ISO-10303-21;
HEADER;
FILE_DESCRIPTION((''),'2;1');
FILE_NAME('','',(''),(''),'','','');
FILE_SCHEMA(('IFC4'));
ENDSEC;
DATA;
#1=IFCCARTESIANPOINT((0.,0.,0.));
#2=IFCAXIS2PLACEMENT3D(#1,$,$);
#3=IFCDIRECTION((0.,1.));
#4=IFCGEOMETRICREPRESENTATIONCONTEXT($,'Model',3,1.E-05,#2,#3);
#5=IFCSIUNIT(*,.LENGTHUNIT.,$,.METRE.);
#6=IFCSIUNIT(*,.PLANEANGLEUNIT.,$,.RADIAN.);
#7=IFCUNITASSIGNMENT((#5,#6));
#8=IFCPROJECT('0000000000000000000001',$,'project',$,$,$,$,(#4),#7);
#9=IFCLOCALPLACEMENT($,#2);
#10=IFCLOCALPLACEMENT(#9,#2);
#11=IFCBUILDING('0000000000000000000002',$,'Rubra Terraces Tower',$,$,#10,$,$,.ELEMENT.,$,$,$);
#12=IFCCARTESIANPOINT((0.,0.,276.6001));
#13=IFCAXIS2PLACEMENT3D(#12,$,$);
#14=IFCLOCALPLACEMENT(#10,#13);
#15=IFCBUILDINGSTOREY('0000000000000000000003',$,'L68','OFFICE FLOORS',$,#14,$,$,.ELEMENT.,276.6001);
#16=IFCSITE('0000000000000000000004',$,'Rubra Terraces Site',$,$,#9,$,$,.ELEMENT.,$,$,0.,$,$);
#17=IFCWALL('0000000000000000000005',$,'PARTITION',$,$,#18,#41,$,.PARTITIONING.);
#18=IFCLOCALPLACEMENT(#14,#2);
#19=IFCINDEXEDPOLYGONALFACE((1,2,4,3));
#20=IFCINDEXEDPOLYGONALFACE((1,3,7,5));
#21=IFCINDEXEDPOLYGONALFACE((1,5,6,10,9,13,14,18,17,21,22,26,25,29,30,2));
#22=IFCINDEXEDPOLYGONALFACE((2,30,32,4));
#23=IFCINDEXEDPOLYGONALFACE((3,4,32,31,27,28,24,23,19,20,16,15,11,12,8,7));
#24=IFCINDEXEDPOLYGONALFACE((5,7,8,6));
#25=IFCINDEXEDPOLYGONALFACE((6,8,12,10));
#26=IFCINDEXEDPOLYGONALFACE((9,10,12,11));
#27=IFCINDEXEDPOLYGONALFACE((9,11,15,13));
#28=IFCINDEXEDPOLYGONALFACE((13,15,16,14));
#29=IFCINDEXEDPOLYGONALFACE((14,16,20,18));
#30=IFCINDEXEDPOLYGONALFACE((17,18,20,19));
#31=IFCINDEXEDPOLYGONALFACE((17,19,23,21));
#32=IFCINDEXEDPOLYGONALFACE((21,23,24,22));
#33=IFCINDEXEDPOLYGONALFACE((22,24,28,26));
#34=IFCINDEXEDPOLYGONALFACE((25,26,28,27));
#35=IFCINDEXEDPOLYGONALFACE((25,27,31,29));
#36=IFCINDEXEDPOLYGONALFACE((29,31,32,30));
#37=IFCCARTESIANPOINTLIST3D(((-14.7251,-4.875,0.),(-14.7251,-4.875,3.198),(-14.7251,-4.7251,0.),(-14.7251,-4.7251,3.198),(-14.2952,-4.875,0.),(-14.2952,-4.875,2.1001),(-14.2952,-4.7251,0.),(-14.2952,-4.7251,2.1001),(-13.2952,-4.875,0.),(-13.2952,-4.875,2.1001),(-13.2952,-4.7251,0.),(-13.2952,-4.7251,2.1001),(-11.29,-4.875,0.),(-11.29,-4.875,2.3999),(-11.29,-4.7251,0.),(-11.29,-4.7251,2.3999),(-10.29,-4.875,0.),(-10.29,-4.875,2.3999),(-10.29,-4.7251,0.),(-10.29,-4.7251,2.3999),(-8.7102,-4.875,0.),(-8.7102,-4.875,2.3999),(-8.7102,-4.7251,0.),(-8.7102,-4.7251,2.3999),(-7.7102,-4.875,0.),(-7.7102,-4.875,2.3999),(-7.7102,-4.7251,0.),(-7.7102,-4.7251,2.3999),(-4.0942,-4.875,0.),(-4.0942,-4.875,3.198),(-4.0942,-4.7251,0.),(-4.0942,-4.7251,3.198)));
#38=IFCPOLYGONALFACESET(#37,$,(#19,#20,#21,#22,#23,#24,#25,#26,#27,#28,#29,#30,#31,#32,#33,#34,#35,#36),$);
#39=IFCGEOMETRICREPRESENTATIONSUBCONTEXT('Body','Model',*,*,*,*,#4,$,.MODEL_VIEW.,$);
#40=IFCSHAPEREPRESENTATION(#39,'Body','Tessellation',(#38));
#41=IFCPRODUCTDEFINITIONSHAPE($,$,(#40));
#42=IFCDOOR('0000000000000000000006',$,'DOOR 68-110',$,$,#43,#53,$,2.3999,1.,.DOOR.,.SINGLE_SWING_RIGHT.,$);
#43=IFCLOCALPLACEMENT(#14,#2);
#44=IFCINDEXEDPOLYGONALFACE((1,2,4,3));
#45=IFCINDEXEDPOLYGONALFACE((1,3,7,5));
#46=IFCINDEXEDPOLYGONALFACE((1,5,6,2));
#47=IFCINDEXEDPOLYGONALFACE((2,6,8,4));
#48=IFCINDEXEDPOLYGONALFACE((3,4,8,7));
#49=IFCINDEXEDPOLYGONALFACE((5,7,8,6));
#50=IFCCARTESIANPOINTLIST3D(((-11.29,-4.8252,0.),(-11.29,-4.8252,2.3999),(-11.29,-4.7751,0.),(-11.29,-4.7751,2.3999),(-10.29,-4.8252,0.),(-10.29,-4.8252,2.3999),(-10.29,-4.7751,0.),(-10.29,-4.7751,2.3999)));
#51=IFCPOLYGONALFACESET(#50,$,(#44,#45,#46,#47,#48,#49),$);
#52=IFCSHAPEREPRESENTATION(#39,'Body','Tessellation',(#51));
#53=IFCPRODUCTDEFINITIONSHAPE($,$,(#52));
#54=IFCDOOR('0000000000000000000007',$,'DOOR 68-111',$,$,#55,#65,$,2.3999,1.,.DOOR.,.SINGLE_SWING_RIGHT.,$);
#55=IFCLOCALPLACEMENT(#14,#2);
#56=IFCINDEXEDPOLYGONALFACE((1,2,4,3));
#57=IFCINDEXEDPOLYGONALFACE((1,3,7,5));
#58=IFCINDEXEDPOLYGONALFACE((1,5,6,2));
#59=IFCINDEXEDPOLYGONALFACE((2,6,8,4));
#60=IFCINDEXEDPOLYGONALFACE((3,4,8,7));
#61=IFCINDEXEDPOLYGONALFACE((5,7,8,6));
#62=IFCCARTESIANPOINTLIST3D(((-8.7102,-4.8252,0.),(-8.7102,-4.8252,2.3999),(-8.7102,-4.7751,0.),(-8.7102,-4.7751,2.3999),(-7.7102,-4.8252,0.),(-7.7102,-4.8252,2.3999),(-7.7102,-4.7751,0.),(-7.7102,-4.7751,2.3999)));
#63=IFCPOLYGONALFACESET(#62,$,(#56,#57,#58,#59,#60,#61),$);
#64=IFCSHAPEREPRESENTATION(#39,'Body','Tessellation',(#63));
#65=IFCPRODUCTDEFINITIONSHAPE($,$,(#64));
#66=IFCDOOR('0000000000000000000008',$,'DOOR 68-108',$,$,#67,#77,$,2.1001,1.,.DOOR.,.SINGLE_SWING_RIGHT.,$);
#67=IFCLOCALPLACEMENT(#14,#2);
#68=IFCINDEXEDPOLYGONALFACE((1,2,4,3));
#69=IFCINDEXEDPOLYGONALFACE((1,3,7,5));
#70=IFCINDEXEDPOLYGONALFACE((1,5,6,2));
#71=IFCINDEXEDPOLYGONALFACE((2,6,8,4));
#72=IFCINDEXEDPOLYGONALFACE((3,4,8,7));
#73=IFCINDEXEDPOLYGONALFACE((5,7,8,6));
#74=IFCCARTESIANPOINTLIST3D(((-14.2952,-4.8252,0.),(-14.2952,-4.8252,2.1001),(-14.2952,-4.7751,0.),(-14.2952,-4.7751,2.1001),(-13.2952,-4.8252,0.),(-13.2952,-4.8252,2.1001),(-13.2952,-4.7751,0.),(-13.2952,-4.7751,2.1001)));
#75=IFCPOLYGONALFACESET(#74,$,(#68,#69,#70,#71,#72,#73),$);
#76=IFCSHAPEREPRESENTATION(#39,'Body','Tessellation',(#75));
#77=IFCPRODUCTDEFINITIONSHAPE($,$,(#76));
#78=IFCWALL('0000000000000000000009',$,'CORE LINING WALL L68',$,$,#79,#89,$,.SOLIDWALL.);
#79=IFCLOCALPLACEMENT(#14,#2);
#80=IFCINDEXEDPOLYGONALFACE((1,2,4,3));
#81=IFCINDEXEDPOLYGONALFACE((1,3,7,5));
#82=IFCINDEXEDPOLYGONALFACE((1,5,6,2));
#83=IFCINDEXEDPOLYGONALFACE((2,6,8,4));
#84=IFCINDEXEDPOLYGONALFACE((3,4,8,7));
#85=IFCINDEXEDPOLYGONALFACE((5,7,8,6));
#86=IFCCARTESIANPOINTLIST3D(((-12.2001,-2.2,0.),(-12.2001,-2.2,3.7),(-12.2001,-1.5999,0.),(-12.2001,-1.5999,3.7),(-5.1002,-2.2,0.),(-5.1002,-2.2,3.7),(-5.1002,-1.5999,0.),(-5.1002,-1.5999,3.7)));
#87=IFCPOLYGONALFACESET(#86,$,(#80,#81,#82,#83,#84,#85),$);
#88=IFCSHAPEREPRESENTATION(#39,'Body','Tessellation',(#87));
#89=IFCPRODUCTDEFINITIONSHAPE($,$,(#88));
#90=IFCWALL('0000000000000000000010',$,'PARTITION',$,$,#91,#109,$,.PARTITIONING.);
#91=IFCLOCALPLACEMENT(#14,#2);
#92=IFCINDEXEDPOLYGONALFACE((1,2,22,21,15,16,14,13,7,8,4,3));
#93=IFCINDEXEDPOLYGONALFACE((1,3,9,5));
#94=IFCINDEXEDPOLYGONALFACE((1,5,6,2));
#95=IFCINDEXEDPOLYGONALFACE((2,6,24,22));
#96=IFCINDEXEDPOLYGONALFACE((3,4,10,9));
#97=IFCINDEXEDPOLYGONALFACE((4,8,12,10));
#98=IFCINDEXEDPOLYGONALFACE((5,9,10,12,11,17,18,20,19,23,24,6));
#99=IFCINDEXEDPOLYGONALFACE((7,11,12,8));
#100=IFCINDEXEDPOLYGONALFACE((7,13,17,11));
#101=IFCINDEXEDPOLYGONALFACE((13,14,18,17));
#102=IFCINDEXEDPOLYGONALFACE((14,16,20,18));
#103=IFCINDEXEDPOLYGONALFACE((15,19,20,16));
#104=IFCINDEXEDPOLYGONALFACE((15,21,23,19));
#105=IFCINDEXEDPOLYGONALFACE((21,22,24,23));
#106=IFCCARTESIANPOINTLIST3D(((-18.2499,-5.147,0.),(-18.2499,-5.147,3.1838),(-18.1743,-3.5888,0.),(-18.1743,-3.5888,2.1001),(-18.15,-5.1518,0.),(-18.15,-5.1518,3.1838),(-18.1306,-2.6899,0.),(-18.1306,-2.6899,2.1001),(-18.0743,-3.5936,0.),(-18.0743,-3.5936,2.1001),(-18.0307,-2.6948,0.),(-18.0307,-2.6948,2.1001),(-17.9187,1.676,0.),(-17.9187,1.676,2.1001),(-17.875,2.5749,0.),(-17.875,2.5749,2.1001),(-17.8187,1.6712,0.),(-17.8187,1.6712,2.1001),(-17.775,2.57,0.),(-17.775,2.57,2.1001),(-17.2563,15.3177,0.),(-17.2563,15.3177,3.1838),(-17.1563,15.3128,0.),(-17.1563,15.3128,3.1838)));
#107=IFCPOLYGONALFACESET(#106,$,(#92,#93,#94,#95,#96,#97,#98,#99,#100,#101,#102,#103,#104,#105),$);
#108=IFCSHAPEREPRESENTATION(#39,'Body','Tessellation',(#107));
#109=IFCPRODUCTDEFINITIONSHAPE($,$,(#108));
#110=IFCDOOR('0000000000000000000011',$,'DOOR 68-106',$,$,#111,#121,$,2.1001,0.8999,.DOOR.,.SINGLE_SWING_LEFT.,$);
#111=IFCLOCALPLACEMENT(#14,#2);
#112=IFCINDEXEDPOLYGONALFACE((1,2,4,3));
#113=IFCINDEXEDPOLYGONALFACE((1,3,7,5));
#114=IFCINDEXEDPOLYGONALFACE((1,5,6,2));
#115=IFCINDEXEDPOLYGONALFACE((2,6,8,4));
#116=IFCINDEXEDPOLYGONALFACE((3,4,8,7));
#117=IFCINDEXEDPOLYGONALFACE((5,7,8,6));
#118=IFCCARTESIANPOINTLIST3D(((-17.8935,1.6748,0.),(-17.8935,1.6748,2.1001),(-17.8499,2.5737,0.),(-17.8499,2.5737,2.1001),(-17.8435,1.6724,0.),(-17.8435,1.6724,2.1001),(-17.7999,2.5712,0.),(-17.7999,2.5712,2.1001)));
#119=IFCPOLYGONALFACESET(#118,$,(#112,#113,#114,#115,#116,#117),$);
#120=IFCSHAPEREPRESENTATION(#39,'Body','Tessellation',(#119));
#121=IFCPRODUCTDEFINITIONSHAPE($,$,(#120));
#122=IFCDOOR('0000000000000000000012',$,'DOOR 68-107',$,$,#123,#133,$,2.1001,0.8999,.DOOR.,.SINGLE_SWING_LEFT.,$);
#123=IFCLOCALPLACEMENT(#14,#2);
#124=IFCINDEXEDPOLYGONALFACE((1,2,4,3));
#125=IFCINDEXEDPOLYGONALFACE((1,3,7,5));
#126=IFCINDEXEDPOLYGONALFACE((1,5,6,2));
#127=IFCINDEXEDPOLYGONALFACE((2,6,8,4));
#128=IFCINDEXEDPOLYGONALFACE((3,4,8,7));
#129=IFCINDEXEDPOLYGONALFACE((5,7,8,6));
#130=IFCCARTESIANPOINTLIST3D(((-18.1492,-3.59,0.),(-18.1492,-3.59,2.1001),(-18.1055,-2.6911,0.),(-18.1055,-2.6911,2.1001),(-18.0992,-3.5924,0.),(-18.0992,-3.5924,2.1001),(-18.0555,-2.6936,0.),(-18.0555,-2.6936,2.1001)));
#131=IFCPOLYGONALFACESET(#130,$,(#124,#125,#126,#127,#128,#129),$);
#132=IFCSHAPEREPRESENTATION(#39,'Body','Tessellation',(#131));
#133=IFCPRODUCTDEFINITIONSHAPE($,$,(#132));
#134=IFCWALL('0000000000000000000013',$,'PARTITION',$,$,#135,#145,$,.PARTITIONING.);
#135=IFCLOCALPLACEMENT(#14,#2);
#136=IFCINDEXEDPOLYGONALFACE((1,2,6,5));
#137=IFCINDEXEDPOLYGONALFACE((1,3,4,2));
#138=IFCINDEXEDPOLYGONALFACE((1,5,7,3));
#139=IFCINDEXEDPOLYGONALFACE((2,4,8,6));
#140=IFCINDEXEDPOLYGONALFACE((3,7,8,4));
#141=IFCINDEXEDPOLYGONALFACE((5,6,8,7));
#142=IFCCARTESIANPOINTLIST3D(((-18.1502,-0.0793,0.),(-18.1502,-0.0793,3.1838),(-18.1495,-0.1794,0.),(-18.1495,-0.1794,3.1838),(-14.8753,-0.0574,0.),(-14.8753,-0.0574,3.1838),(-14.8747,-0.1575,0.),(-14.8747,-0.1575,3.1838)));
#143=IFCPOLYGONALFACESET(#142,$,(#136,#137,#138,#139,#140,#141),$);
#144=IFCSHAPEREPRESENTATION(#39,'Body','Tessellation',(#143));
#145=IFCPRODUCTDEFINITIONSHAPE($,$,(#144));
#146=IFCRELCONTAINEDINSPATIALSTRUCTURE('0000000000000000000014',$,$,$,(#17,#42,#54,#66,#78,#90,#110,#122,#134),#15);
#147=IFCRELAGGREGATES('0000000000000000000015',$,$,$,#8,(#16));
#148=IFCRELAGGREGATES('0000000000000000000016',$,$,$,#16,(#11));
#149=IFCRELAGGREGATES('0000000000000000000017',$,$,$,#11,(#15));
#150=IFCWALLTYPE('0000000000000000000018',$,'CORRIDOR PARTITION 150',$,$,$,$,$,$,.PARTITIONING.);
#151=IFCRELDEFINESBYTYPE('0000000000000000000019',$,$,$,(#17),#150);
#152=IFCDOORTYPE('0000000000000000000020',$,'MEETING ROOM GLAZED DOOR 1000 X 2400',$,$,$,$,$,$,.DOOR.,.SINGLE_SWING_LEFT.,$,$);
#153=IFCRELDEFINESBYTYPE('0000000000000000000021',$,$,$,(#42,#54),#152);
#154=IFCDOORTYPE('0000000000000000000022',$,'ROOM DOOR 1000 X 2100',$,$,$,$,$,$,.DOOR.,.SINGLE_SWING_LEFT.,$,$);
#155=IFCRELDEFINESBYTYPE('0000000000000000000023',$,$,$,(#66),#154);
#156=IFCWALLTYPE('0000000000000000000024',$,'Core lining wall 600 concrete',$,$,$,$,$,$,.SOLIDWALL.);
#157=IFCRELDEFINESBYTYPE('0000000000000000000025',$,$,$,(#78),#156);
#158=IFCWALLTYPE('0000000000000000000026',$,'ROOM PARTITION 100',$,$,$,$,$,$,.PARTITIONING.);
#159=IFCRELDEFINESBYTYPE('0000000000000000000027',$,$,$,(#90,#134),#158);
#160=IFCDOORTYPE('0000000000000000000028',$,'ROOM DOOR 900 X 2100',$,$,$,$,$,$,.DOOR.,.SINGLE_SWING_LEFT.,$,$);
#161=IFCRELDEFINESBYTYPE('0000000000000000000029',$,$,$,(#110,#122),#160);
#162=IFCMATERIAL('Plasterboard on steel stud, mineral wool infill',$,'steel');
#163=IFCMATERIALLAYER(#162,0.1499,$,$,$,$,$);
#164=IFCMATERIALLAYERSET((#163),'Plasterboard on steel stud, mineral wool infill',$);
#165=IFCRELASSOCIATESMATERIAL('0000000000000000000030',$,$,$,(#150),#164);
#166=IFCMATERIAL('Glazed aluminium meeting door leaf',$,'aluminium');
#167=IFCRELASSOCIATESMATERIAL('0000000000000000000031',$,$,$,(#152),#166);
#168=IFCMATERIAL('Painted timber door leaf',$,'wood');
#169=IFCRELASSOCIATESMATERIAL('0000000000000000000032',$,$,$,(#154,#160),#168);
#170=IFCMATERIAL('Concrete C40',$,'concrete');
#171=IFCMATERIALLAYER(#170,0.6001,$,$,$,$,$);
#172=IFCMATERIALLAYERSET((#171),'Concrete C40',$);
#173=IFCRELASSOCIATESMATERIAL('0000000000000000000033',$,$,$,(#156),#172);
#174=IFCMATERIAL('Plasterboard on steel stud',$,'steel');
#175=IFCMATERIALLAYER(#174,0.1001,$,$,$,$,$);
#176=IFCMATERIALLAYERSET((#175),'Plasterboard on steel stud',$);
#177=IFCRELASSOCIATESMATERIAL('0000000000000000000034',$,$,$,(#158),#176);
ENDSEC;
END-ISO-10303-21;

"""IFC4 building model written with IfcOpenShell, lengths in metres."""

from ifc_helpers import new_model, si_unit, direction, frame, frame_2d, origin, place, context, subcontext, project, spatial, rectangle, extrude, material, layer, layer_set, type_object, element, fill, save


model = new_model("IFC4")

# Units and contexts
model_context = context("Model", 3, precision=1e-05, world=origin(), true_north=direction((0.0, 1.0)))
body_context = subcontext(model_context, "Body", "Model", "MODEL_VIEW")
ifc_project = project(units=[si_unit("LENGTHUNIT", "METRE"), si_unit("PLANEANGLEUNIT", "RADIAN")], contexts=[model_context])

# Site, building, storey
site_placement = place(None, origin())
site = spatial("IfcSite", under=ifc_project, at=site_placement, Name="Rubra Terraces Site", CompositionType="ELEMENT", RefElevation=0.0)
building_placement = place(site_placement, origin())
building = spatial("IfcBuilding", under=site, at=building_placement, Name="Rubra Terraces Tower", CompositionType="ELEMENT")
storey_placement = place(building_placement, frame((0.0, 0.0, 276.6001)))
storey = spatial("IfcBuildingStorey", under=building, at=storey_placement, Name="L68", Description="OFFICE FLOORS", CompositionType="ELEMENT", Elevation=276.6001)

# Shared definitions
ifc_material_1 = material(Name="Plasterboard on steel stud, mineral wool infill", Category="steel")
ifc_layer_1 = layer(ifc_material_1, 0.1499)
ifc_layer_set_1 = layer_set([ifc_layer_1], Name="Plasterboard on steel stud, mineral wool infill")
wall_type_1 = type_object("IfcWallType", Name="CORRIDOR PARTITION 150", PredefinedType="PARTITIONING", material=ifc_layer_set_1)

# Wall, openings, doors
wall_1_placement = place(storey_placement, frame((-14.7251, -4.8, 0.0), z_axis=(0.0, 0.0, 1.0), x_axis=(1.0, 0.0, 0.0)))
wall_1 = element("IfcWall", 1, at=wall_1_placement, inside=storey, type_object=wall_type_1, Name="PARTITION", PredefinedType="PARTITIONING", context=body_context, shape_type="SweptSolid", body=[
    extrude(rectangle(XDim=10.6309, YDim=0.1499, at=frame_2d((5.3154, 0.0))), origin(), (0.0, 0.0, 1.0), 3.198),
])
opening_1_placement = place(wall_1_placement, frame((0.4299, 0.0, 0.0)))
opening_1 = element("IfcOpeningElement", 2, at=opening_1_placement, cuts=wall_1, PredefinedType="OPENING", context=body_context, shape_type="SweptSolid", body=[
    extrude(rectangle(XDim=1.0, YDim=2.1001, at=frame_2d((0.5, 1.05))), frame((0.0, 0.085, 0.0), z_axis=(0.0, -1.0, 0.0), x_axis=(1.0, 0.0, 0.0)), (0.0, 0.0, 1.0), 0.1699),
])
opening_2_placement = place(wall_1_placement, frame((3.4351, 0.0, 0.0)))
opening_2 = element("IfcOpeningElement", 3, at=opening_2_placement, cuts=wall_1, PredefinedType="OPENING", context=body_context, shape_type="SweptSolid", body=[
    extrude(rectangle(XDim=1.0, YDim=2.3999, at=frame_2d((0.5, 1.2))), frame((0.0, 0.085, 0.0), z_axis=(0.0, -1.0, 0.0), x_axis=(1.0, 0.0, 0.0)), (0.0, 0.0, 1.0), 0.1699),
])
opening_3_placement = place(wall_1_placement, frame((6.0149, 0.0, 0.0)))
opening_3 = element("IfcOpeningElement", 4, at=opening_3_placement, cuts=wall_1, PredefinedType="OPENING", context=body_context, shape_type="SweptSolid", body=[
    extrude(rectangle(XDim=1.0, YDim=2.3999, at=frame_2d((0.5, 1.2))), frame((0.0, 0.085, 0.0), z_axis=(0.0, -1.0, 0.0), x_axis=(1.0, 0.0, 0.0)), (0.0, 0.0, 1.0), 0.1699),
])
ifc_material_2 = material(Name="Glazed aluminium meeting door leaf", Category="aluminium")
door_type_1 = type_object("IfcDoorType", Name="MEETING ROOM GLAZED DOOR 1000 X 2400", OperationType="SINGLE_SWING_LEFT", PredefinedType="DOOR", material=ifc_material_2)
door_1_placement = place(opening_2_placement, origin())
door_1 = element("IfcDoor", 5, at=door_1_placement, inside=storey, type_object=door_type_1, Name="DOOR 68-110", OperationType="SINGLE_SWING_RIGHT", OverallHeight=2.3999, OverallWidth=1.0, PredefinedType="DOOR", context=body_context, shape_type="SweptSolid", body=[
    extrude(rectangle(XDim=1.0, YDim=2.3999, at=frame_2d((0.5, 1.2))), frame((0.0, 0.0249, 0.0), z_axis=(0.0, -1.0, 0.0), x_axis=(1.0, 0.0, 0.0)), (0.0, 0.0, 1.0), 0.05),
])
fill(opening_2, door_1)
door_2_placement = place(opening_3_placement, origin())
door_2 = element("IfcDoor", 6, at=door_2_placement, inside=storey, type_object=door_type_1, Name="DOOR 68-111", OperationType="SINGLE_SWING_RIGHT", OverallHeight=2.3999, OverallWidth=1.0, PredefinedType="DOOR", context=body_context, shape_type="SweptSolid", body=[
    extrude(rectangle(XDim=1.0, YDim=2.3999, at=frame_2d((0.5, 1.2))), frame((0.0, 0.0249, 0.0), z_axis=(0.0, -1.0, 0.0), x_axis=(1.0, 0.0, 0.0)), (0.0, 0.0, 1.0), 0.05),
])
fill(opening_3, door_2)
ifc_material_3 = material(Name="Painted timber door leaf", Category="wood")
door_type_2 = type_object("IfcDoorType", Name="ROOM DOOR 1000 X 2100", OperationType="SINGLE_SWING_LEFT", PredefinedType="DOOR", material=ifc_material_3)
door_3_placement = place(opening_1_placement, origin())
door_3 = element("IfcDoor", 7, at=door_3_placement, inside=storey, type_object=door_type_2, Name="DOOR 68-108", OperationType="SINGLE_SWING_RIGHT", OverallHeight=2.1001, OverallWidth=1.0, PredefinedType="DOOR", context=body_context, shape_type="SweptSolid", body=[
    extrude(rectangle(XDim=1.0, YDim=2.1001, at=frame_2d((0.5, 1.05))), frame((0.0, 0.0249, 0.0), z_axis=(0.0, -1.0, 0.0), x_axis=(1.0, 0.0, 0.0)), (0.0, 0.0, 1.0), 0.05),
])
fill(opening_1, door_3)

# Wall
ifc_material_4 = material(Name="Concrete C40", Category="concrete")
ifc_layer_2 = layer(ifc_material_4, 0.6001)
ifc_layer_set_2 = layer_set([ifc_layer_2], Name="Concrete C40")
wall_type_2 = type_object("IfcWallType", Name="Core lining wall 600 concrete", PredefinedType="SOLIDWALL", material=ifc_layer_set_2)
wall_2_placement = place(storey_placement, frame((-12.2, -1.8999, 0.0), z_axis=(0.0, 0.0, 1.0), x_axis=(1.0, 0.0, 0.0)))
element("IfcWall", 8, at=wall_2_placement, inside=storey, type_object=wall_type_2, Name="CORE LINING WALL L68", PredefinedType="SOLIDWALL", context=body_context, shape_type="SweptSolid", body=[
    extrude(rectangle(XDim=7.0999, YDim=0.6001, at=frame_2d((3.5498, 0.0))), origin(), (0.0, 0.0, 1.0), 3.7),
])

# Wall, openings, doors
ifc_material_5 = material(Name="Plasterboard on steel stud", Category="steel")
ifc_layer_3 = layer(ifc_material_5, 0.1001)
ifc_layer_set_3 = layer_set([ifc_layer_3], Name="Plasterboard on steel stud")
wall_type_3 = type_object("IfcWallType", Name="ROOM PARTITION 100", PredefinedType="PARTITIONING", material=ifc_layer_set_3)
wall_3_placement = place(storey_placement, frame((-18.2, -5.1494, 0.0), z_axis=(0.0, 0.0, 1.0), x_axis=(0.048498, 0.998823, 0.0)))
wall_3 = element("IfcWall", 9, at=wall_3_placement, inside=storey, type_object=wall_type_3, Name="PARTITION", PredefinedType="PARTITIONING", context=body_context, shape_type="SweptSolid", body=[
    extrude(rectangle(XDim=20.4888, YDim=0.1001, at=frame_2d((10.2444, 0.0))), origin(), (0.0, 0.0, 1.0), 3.1838),
])
opening_4_placement = place(wall_3_placement, frame((6.8311, 0.0, 0.0)))
opening_4 = element("IfcOpeningElement", 10, at=opening_4_placement, cuts=wall_3, PredefinedType="OPENING", context=body_context, shape_type="SweptSolid", body=[
    extrude(rectangle(XDim=0.8999, YDim=2.1001, at=frame_2d((0.45, 1.05))), frame((0.0, 0.0601, 0.0), z_axis=(0.0, -1.0, 0.0), x_axis=(1.0, 0.0, 0.0)), (0.0, 0.0, 1.0), 0.1201),
])
opening_5_placement = place(wall_3_placement, frame((1.5601, 0.0, 0.0)))
opening_5 = element("IfcOpeningElement", 11, at=opening_5_placement, cuts=wall_3, PredefinedType="OPENING", context=body_context, shape_type="SweptSolid", body=[
    extrude(rectangle(XDim=0.8999, YDim=2.1001, at=frame_2d((0.45, 1.05))), frame((0.0, 0.0601, 0.0), z_axis=(0.0, -1.0, 0.0), x_axis=(1.0, 0.0, 0.0)), (0.0, 0.0, 1.0), 0.1201),
])
door_type_3 = type_object("IfcDoorType", Name="ROOM DOOR 900 X 2100", OperationType="SINGLE_SWING_LEFT", PredefinedType="DOOR", material=ifc_material_3)
door_4_placement = place(opening_4_placement, origin())
door_4 = element("IfcDoor", 12, at=door_4_placement, inside=storey, type_object=door_type_3, Name="DOOR 68-106", OperationType="SINGLE_SWING_LEFT", OverallHeight=2.1001, OverallWidth=0.8999, PredefinedType="DOOR", context=body_context, shape_type="SweptSolid", body=[
    extrude(rectangle(XDim=0.8999, YDim=2.1001, at=frame_2d((0.45, 1.05))), frame((0.0, 0.0249, 0.0), z_axis=(0.0, -1.0, 0.0), x_axis=(1.0, 0.0, 0.0)), (0.0, 0.0, 1.0), 0.05),
])
fill(opening_4, door_4)
door_5_placement = place(opening_5_placement, origin())
door_5 = element("IfcDoor", 13, at=door_5_placement, inside=storey, type_object=door_type_3, Name="DOOR 68-107", OperationType="SINGLE_SWING_LEFT", OverallHeight=2.1001, OverallWidth=0.8999, PredefinedType="DOOR", context=body_context, shape_type="SweptSolid", body=[
    extrude(rectangle(XDim=0.8999, YDim=2.1001, at=frame_2d((0.45, 1.05))), frame((0.0, 0.0249, 0.0), z_axis=(0.0, -1.0, 0.0), x_axis=(1.0, 0.0, 0.0)), (0.0, 0.0, 1.0), 0.05),
])
fill(opening_5, door_5)

# Wall
wall_4_placement = place(storey_placement, frame((-14.875, -0.1074, 0.0), z_axis=(0.0, 0.0, 1.0), x_axis=(-0.999977, -0.006709, 0.0)))
element("IfcWall", 14, at=wall_4_placement, inside=storey, type_object=wall_type_3, Name="PARTITION", PredefinedType="PARTITIONING", context=body_context, shape_type="SweptSolid", body=[
    extrude(rectangle(XDim=3.2749, YDim=0.1001, at=frame_2d((1.6375, 0.0))), origin(), (0.0, 0.0, 1.0), 3.1838),
])

save(model, "model.ifc")
